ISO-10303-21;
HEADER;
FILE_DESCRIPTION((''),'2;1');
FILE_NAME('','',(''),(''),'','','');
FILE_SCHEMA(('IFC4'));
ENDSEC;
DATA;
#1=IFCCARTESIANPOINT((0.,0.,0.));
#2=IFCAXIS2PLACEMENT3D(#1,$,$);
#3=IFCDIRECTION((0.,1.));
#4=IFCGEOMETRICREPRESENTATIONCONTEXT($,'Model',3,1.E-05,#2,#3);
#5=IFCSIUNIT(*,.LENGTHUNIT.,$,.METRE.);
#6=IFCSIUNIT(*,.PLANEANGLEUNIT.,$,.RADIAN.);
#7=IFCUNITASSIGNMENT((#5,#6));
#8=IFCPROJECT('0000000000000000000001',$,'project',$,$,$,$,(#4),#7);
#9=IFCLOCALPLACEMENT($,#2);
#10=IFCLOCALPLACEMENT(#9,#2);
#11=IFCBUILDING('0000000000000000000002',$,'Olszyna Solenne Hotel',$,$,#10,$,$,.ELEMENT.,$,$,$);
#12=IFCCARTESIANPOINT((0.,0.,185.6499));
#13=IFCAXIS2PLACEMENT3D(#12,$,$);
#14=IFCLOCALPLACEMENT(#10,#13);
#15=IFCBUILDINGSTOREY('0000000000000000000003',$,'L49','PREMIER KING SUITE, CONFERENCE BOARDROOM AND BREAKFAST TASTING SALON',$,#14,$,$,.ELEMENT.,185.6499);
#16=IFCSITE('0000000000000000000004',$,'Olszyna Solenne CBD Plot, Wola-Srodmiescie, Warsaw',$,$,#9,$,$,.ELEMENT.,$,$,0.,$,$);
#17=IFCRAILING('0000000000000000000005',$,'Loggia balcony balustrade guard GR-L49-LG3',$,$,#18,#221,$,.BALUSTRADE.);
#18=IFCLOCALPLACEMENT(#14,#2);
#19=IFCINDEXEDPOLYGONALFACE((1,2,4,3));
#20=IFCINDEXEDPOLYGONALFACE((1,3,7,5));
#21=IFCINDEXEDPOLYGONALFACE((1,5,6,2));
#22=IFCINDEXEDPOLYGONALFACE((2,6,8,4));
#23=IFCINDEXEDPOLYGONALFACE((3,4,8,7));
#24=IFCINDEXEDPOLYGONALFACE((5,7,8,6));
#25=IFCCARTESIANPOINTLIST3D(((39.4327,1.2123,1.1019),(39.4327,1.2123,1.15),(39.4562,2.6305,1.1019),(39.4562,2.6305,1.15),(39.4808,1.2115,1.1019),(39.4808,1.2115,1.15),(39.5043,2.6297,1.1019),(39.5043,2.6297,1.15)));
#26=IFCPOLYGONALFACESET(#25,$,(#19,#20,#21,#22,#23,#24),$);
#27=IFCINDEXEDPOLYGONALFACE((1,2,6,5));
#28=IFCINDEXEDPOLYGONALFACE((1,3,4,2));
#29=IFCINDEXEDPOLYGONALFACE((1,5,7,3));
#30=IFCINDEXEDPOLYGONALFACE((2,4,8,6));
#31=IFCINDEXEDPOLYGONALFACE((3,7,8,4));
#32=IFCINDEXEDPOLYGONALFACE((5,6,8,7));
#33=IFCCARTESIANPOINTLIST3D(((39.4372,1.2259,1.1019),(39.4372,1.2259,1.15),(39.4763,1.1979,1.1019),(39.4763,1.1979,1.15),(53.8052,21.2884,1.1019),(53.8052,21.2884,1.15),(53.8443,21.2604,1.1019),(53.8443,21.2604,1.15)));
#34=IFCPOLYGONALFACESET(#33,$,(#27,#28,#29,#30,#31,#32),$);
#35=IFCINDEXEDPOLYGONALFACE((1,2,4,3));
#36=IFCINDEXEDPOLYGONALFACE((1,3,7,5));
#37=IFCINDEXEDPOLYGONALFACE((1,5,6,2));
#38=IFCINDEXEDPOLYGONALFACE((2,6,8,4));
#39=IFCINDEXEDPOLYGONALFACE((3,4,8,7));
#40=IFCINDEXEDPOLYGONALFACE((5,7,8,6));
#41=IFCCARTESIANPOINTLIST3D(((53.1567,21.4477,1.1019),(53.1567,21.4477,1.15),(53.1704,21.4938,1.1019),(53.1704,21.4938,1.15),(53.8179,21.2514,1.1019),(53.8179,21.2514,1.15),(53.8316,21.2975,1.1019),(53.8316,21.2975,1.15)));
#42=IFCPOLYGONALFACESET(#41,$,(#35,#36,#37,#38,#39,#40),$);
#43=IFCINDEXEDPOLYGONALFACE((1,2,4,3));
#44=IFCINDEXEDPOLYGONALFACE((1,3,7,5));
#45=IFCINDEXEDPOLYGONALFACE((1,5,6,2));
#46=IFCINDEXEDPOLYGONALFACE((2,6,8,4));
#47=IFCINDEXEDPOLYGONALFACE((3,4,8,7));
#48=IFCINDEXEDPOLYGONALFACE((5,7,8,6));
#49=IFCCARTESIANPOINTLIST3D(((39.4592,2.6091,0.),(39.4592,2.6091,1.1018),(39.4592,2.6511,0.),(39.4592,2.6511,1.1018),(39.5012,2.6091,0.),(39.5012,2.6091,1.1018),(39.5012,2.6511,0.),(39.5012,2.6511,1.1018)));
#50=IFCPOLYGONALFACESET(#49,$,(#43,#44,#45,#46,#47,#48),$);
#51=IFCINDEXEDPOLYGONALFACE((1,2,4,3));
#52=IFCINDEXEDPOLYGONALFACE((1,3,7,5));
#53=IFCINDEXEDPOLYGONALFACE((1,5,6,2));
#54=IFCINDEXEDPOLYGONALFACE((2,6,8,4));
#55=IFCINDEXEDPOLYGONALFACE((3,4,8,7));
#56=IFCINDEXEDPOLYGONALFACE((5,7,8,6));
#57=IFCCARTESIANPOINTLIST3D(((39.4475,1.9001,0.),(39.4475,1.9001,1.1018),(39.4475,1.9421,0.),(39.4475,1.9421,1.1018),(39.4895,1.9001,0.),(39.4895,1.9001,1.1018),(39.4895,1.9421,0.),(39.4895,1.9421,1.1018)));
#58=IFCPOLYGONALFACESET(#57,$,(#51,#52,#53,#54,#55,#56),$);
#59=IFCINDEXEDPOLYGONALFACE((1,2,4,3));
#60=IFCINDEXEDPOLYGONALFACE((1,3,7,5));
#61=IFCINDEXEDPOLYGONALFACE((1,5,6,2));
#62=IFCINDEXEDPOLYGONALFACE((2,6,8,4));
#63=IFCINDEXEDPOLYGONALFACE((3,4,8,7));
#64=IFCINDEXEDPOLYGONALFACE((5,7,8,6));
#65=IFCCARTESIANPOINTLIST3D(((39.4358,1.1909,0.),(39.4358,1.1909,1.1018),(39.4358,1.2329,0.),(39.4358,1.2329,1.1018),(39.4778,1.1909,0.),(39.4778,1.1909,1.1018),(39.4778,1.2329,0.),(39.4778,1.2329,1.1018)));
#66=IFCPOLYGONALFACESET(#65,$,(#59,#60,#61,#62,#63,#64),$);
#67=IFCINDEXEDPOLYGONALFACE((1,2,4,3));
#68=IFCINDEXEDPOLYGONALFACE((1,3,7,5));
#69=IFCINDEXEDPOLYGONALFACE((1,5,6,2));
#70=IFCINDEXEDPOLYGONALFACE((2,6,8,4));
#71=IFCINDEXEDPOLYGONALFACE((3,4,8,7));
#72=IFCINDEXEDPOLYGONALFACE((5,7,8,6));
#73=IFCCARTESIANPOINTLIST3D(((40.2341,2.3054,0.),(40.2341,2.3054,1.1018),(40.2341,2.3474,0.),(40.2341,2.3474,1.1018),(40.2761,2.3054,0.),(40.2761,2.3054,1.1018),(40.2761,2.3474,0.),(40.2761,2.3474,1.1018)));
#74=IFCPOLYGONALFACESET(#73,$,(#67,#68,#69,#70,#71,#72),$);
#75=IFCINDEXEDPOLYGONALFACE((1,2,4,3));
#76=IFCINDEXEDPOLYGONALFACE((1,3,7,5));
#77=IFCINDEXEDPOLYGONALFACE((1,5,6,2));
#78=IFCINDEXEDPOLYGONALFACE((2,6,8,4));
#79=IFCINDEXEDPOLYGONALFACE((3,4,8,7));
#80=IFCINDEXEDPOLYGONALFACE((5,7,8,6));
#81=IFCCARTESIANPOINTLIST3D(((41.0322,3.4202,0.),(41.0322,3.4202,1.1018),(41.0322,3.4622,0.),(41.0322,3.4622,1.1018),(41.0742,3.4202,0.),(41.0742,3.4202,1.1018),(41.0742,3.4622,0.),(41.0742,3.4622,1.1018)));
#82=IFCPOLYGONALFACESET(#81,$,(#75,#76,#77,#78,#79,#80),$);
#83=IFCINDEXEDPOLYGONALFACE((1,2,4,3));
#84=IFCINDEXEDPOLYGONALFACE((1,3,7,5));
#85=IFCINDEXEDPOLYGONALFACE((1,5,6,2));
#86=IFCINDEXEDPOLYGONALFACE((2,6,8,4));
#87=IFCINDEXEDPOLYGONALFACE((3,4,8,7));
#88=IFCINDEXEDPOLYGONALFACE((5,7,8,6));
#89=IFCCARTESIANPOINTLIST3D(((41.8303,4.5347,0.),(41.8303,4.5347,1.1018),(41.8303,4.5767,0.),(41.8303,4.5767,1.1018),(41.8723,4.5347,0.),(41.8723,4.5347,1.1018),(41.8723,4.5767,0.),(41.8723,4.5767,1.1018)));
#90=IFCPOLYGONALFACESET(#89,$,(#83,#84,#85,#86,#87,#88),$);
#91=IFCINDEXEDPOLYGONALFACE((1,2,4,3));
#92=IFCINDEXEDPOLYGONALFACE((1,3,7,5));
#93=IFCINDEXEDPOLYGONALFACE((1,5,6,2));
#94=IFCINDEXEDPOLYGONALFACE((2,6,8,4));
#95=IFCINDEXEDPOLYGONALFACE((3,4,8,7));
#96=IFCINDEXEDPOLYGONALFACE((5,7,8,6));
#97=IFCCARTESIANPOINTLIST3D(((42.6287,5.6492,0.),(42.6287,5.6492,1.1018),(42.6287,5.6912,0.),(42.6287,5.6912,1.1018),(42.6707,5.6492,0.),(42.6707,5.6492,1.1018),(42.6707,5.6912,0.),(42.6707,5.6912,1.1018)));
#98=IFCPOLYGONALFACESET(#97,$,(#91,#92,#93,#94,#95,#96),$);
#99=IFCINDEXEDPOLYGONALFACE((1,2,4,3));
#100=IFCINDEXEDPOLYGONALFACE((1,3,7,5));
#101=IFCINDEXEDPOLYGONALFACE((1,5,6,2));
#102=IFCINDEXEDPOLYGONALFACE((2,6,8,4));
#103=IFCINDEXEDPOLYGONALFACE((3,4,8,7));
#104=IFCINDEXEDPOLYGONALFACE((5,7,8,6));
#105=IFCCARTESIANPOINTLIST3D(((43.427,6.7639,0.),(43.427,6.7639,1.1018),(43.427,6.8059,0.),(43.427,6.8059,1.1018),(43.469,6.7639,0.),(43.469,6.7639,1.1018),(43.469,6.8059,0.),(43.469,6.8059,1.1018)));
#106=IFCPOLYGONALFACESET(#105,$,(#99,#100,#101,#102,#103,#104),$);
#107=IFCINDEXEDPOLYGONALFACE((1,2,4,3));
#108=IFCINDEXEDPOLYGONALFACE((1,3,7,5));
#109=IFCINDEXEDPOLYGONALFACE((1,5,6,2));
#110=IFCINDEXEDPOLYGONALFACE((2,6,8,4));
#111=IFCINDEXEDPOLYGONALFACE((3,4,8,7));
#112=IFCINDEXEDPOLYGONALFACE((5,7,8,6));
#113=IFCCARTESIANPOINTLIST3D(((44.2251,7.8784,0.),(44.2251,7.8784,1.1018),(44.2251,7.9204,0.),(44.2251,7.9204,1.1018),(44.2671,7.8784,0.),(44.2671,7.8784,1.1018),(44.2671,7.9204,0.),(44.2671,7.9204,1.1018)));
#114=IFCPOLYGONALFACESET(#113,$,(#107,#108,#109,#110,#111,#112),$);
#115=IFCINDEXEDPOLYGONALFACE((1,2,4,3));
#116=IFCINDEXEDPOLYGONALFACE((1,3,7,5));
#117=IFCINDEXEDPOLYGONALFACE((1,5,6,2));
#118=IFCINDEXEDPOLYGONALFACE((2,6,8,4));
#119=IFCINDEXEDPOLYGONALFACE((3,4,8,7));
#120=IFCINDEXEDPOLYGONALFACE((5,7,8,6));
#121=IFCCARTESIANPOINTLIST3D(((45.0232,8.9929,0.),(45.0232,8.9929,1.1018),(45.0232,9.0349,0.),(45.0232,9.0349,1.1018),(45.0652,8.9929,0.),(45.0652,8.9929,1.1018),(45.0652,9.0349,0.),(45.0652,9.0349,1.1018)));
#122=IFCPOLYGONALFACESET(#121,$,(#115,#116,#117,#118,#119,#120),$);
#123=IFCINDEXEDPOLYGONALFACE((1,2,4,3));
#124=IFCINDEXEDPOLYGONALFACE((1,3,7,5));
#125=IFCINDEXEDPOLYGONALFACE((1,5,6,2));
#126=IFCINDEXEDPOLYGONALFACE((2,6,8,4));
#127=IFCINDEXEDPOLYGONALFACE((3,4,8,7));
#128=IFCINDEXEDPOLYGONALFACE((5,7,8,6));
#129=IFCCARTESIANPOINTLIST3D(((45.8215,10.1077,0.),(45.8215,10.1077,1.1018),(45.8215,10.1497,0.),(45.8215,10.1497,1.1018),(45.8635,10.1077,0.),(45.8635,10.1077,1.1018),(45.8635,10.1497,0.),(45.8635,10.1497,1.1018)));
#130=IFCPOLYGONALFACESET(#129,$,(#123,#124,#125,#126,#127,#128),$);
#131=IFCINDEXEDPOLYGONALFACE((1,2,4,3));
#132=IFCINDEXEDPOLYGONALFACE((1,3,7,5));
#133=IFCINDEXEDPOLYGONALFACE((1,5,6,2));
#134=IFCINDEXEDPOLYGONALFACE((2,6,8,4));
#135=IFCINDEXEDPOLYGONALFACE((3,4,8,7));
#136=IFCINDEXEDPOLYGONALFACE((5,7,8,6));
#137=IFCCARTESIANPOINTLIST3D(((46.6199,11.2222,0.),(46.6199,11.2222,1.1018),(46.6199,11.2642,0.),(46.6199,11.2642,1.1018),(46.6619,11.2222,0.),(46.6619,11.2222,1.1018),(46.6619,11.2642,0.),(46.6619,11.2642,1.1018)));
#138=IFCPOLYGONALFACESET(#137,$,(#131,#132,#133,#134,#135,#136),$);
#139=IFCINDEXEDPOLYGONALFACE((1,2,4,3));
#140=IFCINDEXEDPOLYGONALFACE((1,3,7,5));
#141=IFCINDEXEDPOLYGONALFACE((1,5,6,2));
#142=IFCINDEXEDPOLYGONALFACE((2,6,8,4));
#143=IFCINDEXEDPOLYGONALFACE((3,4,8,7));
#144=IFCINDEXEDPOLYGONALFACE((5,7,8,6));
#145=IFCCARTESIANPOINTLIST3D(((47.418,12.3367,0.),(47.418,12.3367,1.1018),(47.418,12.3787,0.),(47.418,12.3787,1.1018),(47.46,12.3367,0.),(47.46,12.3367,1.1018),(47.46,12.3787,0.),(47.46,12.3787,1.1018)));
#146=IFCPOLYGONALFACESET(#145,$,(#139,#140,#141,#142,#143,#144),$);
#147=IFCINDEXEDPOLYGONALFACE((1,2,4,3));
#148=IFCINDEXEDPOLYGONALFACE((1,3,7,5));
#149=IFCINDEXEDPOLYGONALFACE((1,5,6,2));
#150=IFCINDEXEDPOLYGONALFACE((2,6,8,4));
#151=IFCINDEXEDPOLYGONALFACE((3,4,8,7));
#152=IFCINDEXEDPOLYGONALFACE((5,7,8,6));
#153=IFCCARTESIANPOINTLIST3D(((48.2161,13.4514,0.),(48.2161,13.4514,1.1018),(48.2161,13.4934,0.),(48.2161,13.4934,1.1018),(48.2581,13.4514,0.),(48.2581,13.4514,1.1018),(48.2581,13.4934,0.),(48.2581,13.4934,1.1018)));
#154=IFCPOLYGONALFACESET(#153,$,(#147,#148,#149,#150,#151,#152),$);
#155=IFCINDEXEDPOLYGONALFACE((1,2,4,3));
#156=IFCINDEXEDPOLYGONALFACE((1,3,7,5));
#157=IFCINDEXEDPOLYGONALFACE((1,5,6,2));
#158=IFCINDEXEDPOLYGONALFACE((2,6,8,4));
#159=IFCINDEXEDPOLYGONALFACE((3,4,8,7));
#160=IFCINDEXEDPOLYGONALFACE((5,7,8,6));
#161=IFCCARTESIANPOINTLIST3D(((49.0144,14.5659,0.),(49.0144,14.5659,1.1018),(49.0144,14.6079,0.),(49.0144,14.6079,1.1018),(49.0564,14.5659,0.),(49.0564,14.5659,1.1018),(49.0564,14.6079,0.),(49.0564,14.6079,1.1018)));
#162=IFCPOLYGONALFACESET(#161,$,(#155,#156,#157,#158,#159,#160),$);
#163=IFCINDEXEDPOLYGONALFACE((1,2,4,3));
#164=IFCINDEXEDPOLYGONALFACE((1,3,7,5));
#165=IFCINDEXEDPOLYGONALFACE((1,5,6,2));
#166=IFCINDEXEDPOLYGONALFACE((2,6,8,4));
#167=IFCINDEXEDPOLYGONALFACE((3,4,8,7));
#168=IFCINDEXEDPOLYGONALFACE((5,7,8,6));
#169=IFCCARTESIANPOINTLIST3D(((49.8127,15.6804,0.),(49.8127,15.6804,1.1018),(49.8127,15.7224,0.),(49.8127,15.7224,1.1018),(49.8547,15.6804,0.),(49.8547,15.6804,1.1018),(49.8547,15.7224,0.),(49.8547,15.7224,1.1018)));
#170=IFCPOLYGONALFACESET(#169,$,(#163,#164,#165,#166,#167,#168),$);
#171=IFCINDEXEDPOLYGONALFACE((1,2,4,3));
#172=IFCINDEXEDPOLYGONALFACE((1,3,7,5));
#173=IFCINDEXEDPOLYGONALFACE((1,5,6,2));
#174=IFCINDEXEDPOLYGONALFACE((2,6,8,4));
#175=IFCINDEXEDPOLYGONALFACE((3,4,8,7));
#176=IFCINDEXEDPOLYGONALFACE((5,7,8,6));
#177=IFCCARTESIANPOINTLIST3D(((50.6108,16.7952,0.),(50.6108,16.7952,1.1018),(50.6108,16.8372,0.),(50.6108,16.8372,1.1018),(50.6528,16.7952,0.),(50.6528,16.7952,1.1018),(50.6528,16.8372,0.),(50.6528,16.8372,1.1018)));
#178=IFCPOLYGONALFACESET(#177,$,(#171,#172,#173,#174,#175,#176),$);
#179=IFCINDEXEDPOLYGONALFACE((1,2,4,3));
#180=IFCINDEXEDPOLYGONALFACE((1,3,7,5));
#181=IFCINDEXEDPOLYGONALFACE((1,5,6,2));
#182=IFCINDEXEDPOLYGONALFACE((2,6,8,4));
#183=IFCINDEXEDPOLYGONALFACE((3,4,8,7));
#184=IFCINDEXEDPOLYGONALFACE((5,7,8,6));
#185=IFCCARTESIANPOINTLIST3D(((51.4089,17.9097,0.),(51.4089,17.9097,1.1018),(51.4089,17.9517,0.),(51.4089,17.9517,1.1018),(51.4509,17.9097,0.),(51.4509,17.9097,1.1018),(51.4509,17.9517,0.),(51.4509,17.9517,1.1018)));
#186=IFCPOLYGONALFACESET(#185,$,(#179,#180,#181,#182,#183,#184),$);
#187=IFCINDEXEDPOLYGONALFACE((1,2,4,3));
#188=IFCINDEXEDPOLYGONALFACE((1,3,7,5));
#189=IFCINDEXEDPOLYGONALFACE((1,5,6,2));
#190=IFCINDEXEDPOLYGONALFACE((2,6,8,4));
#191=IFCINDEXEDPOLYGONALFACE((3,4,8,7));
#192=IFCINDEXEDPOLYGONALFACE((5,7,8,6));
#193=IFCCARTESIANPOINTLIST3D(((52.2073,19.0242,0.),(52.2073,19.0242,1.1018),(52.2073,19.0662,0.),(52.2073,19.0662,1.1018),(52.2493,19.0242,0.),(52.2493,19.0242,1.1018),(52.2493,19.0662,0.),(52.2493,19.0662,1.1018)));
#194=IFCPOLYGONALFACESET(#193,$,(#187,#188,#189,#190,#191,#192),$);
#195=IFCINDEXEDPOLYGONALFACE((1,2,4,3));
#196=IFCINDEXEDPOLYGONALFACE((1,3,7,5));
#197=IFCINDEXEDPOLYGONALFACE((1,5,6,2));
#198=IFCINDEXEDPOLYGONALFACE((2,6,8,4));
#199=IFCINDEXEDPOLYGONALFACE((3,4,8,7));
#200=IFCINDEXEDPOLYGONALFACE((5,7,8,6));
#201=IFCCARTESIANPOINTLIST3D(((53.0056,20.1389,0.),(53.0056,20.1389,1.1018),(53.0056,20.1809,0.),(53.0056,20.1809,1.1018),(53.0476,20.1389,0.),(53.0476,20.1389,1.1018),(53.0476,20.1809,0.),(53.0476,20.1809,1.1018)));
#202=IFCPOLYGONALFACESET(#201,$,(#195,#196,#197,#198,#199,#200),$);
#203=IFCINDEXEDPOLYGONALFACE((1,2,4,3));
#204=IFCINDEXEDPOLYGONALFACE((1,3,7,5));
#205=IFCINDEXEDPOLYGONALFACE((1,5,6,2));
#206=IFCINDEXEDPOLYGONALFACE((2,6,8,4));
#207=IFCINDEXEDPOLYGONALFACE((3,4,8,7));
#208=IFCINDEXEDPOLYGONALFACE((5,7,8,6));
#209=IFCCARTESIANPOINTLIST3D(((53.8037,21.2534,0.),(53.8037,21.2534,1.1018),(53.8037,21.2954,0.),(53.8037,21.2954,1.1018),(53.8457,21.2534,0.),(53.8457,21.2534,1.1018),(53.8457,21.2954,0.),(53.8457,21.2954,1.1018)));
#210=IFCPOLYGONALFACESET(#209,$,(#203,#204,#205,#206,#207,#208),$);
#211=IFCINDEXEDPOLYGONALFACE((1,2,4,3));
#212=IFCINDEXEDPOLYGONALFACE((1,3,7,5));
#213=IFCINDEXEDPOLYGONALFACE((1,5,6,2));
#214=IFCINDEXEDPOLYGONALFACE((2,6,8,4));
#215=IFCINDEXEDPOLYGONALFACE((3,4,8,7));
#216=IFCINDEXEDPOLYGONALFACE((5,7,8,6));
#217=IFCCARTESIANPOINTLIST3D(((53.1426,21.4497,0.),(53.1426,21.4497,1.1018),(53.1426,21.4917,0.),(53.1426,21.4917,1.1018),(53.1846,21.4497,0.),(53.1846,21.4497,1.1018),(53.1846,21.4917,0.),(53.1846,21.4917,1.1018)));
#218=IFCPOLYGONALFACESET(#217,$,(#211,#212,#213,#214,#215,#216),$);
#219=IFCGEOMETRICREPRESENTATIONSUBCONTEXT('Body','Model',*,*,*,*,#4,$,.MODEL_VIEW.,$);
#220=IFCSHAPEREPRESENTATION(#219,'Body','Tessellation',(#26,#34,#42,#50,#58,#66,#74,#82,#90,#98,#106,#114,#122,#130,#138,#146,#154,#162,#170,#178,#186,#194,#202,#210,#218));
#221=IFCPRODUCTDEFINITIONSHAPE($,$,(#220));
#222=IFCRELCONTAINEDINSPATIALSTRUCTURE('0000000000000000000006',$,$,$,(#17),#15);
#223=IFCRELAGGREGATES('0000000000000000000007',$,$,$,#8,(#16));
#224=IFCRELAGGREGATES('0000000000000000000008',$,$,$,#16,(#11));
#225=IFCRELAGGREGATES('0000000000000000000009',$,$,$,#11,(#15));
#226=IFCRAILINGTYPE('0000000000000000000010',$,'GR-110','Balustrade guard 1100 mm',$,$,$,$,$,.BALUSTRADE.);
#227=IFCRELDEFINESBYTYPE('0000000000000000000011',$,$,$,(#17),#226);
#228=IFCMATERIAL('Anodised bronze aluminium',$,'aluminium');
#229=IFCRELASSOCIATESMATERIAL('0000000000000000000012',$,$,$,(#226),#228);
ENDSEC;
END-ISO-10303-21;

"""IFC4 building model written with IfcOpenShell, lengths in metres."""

from ifc_helpers import new_model, si_unit, direction, frame, origin, origin_2d, place, context, subcontext, project, spatial, rectangle, extrude, material, type_object, element, save


model = new_model("IFC4")

# Units and contexts
model_context = context("Model", 3, precision=1e-05, world=origin(), true_north=direction((0.0, 1.0)))
body_context = subcontext(model_context, "Body", "Model", "MODEL_VIEW")
ifc_project = project(units=[si_unit("LENGTHUNIT", "METRE"), si_unit("PLANEANGLEUNIT", "RADIAN")], contexts=[model_context])

# Site, building, storey
site_placement = place(None, origin())
site = spatial("IfcSite", under=ifc_project, at=site_placement, Name="Olszyna Solenne CBD Plot, Wola-Srodmiescie, Warsaw", CompositionType="ELEMENT", RefElevation=0.0)
building_placement = place(site_placement, origin())
building = spatial("IfcBuilding", under=site, at=building_placement, Name="Olszyna Solenne Hotel", CompositionType="ELEMENT")
storey_placement = place(building_placement, frame((0.0, 0.0, 185.6499)))
storey = spatial("IfcBuildingStorey", under=building, at=storey_placement, Name="L49", Description="PREMIER KING SUITE, CONFERENCE BOARDROOM AND BREAKFAST TASTING SALON", CompositionType="ELEMENT", Elevation=185.6499)

# Railing
ifc_material_1 = material(Name="Anodised bronze aluminium", Category="aluminium")
railing_type = type_object("IfcRailingType", Name="GR-110", Description="Balustrade guard 1100 mm", PredefinedType="BALUSTRADE", material=ifc_material_1)
railing_placement = place(storey_placement, frame((39.4802, 2.6301, 0.0)))
element("IfcRailing", 1, at=railing_placement, inside=storey, type_object=railing_type, Name="Loggia balcony balustrade guard GR-L49-LG3", PredefinedType="BALUSTRADE", context=body_context, shape_type="SweptSolid", body=[
    extrude(rectangle(XDim=0.0481, YDim=0.0481, at=origin_2d()), frame((0.0, 0.0, 1.126), z_axis=(-0.016524, -0.999863, 0.0), x_axis=(0.999863, -0.016524, 0.0)), (0.0, 0.0, 1.0), 1.4185),
    extrude(rectangle(XDim=0.0481, YDim=0.0481, at=origin_2d()), frame((-0.0234, -1.4182, 1.126), z_axis=(0.582246, 0.813013, 0.0), x_axis=(-0.813013, 0.582246, 0.0)), (0.0, 0.0, 1.0), 24.6768),
    extrude(rectangle(XDim=0.0481, YDim=0.0481, at=origin_2d()), frame((14.3445, 18.6443, 1.126), z_axis=(-0.958641, 0.284619, 0.0), x_axis=(-0.284619, -0.958641, 0.0)), (0.0, 0.0, 1.0), 0.6897),
    extrude(rectangle(XDim=0.042, YDim=0.042, at=origin_2d()), origin(), (0.0, 0.0, 1.0), 1.1018),
    extrude(rectangle(XDim=0.042, YDim=0.042, at=origin_2d()), frame((-0.0117, -0.709, 0.0)), (0.0, 0.0, 1.0), 1.1018),
    extrude(rectangle(XDim=0.042, YDim=0.042, at=origin_2d()), frame((-0.0234, -1.4182, 0.0)), (0.0, 0.0, 1.0), 1.1018),
    extrude(rectangle(XDim=0.042, YDim=0.042, at=origin_2d()), frame((0.7749, -0.3037, 0.0)), (0.0, 0.0, 1.0), 1.1018),
    extrude(rectangle(XDim=0.042, YDim=0.042, at=origin_2d()), frame((1.573, 0.811, 0.0)), (0.0, 0.0, 1.0), 1.1018),
    extrude(rectangle(XDim=0.042, YDim=0.042, at=origin_2d()), frame((2.3711, 1.9255, 0.0)), (0.0, 0.0, 1.0), 1.1018),
    extrude(rectangle(XDim=0.042, YDim=0.042, at=origin_2d()), frame((3.1694, 3.04, 0.0)), (0.0, 0.0, 1.0), 1.1018),
    extrude(rectangle(XDim=0.042, YDim=0.042, at=origin_2d()), frame((3.9678, 4.1548, 0.0)), (0.0, 0.0, 1.0), 1.1018),
    extrude(rectangle(XDim=0.042, YDim=0.042, at=origin_2d()), frame((4.7659, 5.2693, 0.0)), (0.0, 0.0, 1.0), 1.1018),
    extrude(rectangle(XDim=0.042, YDim=0.042, at=origin_2d()), frame((5.564, 6.3838, 0.0)), (0.0, 0.0, 1.0), 1.1018),
    extrude(rectangle(XDim=0.042, YDim=0.042, at=origin_2d()), frame((6.3623, 7.4985, 0.0)), (0.0, 0.0, 1.0), 1.1018),
    extrude(rectangle(XDim=0.042, YDim=0.042, at=origin_2d()), frame((7.1606, 8.613, 0.0)), (0.0, 0.0, 1.0), 1.1018),
    extrude(rectangle(XDim=0.042, YDim=0.042, at=origin_2d()), frame((7.9587, 9.7275, 0.0)), (0.0, 0.0, 1.0), 1.1018),
    extrude(rectangle(XDim=0.042, YDim=0.042, at=origin_2d()), frame((8.7568, 10.8423, 0.0)), (0.0, 0.0, 1.0), 1.1018),
    extrude(rectangle(XDim=0.042, YDim=0.042, at=origin_2d()), frame((9.5552, 11.9568, 0.0)), (0.0, 0.0, 1.0), 1.1018),
    extrude(rectangle(XDim=0.042, YDim=0.042, at=origin_2d()), frame((10.3535, 13.0713, 0.0)), (0.0, 0.0, 1.0), 1.1018),
    extrude(rectangle(XDim=0.042, YDim=0.042, at=origin_2d()), frame((11.1516, 14.186, 0.0)), (0.0, 0.0, 1.0), 1.1018),
    extrude(rectangle(XDim=0.042, YDim=0.042, at=origin_2d()), frame((11.9497, 15.3005, 0.0)), (0.0, 0.0, 1.0), 1.1018),
    extrude(rectangle(XDim=0.042, YDim=0.042, at=origin_2d()), frame((12.748, 16.415, 0.0)), (0.0, 0.0, 1.0), 1.1018),
    extrude(rectangle(XDim=0.042, YDim=0.042, at=origin_2d()), frame((13.5464, 17.5298, 0.0)), (0.0, 0.0, 1.0), 1.1018),
    extrude(rectangle(XDim=0.042, YDim=0.042, at=origin_2d()), frame((14.3445, 18.6443, 0.0)), (0.0, 0.0, 1.0), 1.1018),
    extrude(rectangle(XDim=0.042, YDim=0.042, at=origin_2d()), frame((13.6833, 18.8406, 0.0)), (0.0, 0.0, 1.0), 1.1018),
])

save(model, "model.ifc")
